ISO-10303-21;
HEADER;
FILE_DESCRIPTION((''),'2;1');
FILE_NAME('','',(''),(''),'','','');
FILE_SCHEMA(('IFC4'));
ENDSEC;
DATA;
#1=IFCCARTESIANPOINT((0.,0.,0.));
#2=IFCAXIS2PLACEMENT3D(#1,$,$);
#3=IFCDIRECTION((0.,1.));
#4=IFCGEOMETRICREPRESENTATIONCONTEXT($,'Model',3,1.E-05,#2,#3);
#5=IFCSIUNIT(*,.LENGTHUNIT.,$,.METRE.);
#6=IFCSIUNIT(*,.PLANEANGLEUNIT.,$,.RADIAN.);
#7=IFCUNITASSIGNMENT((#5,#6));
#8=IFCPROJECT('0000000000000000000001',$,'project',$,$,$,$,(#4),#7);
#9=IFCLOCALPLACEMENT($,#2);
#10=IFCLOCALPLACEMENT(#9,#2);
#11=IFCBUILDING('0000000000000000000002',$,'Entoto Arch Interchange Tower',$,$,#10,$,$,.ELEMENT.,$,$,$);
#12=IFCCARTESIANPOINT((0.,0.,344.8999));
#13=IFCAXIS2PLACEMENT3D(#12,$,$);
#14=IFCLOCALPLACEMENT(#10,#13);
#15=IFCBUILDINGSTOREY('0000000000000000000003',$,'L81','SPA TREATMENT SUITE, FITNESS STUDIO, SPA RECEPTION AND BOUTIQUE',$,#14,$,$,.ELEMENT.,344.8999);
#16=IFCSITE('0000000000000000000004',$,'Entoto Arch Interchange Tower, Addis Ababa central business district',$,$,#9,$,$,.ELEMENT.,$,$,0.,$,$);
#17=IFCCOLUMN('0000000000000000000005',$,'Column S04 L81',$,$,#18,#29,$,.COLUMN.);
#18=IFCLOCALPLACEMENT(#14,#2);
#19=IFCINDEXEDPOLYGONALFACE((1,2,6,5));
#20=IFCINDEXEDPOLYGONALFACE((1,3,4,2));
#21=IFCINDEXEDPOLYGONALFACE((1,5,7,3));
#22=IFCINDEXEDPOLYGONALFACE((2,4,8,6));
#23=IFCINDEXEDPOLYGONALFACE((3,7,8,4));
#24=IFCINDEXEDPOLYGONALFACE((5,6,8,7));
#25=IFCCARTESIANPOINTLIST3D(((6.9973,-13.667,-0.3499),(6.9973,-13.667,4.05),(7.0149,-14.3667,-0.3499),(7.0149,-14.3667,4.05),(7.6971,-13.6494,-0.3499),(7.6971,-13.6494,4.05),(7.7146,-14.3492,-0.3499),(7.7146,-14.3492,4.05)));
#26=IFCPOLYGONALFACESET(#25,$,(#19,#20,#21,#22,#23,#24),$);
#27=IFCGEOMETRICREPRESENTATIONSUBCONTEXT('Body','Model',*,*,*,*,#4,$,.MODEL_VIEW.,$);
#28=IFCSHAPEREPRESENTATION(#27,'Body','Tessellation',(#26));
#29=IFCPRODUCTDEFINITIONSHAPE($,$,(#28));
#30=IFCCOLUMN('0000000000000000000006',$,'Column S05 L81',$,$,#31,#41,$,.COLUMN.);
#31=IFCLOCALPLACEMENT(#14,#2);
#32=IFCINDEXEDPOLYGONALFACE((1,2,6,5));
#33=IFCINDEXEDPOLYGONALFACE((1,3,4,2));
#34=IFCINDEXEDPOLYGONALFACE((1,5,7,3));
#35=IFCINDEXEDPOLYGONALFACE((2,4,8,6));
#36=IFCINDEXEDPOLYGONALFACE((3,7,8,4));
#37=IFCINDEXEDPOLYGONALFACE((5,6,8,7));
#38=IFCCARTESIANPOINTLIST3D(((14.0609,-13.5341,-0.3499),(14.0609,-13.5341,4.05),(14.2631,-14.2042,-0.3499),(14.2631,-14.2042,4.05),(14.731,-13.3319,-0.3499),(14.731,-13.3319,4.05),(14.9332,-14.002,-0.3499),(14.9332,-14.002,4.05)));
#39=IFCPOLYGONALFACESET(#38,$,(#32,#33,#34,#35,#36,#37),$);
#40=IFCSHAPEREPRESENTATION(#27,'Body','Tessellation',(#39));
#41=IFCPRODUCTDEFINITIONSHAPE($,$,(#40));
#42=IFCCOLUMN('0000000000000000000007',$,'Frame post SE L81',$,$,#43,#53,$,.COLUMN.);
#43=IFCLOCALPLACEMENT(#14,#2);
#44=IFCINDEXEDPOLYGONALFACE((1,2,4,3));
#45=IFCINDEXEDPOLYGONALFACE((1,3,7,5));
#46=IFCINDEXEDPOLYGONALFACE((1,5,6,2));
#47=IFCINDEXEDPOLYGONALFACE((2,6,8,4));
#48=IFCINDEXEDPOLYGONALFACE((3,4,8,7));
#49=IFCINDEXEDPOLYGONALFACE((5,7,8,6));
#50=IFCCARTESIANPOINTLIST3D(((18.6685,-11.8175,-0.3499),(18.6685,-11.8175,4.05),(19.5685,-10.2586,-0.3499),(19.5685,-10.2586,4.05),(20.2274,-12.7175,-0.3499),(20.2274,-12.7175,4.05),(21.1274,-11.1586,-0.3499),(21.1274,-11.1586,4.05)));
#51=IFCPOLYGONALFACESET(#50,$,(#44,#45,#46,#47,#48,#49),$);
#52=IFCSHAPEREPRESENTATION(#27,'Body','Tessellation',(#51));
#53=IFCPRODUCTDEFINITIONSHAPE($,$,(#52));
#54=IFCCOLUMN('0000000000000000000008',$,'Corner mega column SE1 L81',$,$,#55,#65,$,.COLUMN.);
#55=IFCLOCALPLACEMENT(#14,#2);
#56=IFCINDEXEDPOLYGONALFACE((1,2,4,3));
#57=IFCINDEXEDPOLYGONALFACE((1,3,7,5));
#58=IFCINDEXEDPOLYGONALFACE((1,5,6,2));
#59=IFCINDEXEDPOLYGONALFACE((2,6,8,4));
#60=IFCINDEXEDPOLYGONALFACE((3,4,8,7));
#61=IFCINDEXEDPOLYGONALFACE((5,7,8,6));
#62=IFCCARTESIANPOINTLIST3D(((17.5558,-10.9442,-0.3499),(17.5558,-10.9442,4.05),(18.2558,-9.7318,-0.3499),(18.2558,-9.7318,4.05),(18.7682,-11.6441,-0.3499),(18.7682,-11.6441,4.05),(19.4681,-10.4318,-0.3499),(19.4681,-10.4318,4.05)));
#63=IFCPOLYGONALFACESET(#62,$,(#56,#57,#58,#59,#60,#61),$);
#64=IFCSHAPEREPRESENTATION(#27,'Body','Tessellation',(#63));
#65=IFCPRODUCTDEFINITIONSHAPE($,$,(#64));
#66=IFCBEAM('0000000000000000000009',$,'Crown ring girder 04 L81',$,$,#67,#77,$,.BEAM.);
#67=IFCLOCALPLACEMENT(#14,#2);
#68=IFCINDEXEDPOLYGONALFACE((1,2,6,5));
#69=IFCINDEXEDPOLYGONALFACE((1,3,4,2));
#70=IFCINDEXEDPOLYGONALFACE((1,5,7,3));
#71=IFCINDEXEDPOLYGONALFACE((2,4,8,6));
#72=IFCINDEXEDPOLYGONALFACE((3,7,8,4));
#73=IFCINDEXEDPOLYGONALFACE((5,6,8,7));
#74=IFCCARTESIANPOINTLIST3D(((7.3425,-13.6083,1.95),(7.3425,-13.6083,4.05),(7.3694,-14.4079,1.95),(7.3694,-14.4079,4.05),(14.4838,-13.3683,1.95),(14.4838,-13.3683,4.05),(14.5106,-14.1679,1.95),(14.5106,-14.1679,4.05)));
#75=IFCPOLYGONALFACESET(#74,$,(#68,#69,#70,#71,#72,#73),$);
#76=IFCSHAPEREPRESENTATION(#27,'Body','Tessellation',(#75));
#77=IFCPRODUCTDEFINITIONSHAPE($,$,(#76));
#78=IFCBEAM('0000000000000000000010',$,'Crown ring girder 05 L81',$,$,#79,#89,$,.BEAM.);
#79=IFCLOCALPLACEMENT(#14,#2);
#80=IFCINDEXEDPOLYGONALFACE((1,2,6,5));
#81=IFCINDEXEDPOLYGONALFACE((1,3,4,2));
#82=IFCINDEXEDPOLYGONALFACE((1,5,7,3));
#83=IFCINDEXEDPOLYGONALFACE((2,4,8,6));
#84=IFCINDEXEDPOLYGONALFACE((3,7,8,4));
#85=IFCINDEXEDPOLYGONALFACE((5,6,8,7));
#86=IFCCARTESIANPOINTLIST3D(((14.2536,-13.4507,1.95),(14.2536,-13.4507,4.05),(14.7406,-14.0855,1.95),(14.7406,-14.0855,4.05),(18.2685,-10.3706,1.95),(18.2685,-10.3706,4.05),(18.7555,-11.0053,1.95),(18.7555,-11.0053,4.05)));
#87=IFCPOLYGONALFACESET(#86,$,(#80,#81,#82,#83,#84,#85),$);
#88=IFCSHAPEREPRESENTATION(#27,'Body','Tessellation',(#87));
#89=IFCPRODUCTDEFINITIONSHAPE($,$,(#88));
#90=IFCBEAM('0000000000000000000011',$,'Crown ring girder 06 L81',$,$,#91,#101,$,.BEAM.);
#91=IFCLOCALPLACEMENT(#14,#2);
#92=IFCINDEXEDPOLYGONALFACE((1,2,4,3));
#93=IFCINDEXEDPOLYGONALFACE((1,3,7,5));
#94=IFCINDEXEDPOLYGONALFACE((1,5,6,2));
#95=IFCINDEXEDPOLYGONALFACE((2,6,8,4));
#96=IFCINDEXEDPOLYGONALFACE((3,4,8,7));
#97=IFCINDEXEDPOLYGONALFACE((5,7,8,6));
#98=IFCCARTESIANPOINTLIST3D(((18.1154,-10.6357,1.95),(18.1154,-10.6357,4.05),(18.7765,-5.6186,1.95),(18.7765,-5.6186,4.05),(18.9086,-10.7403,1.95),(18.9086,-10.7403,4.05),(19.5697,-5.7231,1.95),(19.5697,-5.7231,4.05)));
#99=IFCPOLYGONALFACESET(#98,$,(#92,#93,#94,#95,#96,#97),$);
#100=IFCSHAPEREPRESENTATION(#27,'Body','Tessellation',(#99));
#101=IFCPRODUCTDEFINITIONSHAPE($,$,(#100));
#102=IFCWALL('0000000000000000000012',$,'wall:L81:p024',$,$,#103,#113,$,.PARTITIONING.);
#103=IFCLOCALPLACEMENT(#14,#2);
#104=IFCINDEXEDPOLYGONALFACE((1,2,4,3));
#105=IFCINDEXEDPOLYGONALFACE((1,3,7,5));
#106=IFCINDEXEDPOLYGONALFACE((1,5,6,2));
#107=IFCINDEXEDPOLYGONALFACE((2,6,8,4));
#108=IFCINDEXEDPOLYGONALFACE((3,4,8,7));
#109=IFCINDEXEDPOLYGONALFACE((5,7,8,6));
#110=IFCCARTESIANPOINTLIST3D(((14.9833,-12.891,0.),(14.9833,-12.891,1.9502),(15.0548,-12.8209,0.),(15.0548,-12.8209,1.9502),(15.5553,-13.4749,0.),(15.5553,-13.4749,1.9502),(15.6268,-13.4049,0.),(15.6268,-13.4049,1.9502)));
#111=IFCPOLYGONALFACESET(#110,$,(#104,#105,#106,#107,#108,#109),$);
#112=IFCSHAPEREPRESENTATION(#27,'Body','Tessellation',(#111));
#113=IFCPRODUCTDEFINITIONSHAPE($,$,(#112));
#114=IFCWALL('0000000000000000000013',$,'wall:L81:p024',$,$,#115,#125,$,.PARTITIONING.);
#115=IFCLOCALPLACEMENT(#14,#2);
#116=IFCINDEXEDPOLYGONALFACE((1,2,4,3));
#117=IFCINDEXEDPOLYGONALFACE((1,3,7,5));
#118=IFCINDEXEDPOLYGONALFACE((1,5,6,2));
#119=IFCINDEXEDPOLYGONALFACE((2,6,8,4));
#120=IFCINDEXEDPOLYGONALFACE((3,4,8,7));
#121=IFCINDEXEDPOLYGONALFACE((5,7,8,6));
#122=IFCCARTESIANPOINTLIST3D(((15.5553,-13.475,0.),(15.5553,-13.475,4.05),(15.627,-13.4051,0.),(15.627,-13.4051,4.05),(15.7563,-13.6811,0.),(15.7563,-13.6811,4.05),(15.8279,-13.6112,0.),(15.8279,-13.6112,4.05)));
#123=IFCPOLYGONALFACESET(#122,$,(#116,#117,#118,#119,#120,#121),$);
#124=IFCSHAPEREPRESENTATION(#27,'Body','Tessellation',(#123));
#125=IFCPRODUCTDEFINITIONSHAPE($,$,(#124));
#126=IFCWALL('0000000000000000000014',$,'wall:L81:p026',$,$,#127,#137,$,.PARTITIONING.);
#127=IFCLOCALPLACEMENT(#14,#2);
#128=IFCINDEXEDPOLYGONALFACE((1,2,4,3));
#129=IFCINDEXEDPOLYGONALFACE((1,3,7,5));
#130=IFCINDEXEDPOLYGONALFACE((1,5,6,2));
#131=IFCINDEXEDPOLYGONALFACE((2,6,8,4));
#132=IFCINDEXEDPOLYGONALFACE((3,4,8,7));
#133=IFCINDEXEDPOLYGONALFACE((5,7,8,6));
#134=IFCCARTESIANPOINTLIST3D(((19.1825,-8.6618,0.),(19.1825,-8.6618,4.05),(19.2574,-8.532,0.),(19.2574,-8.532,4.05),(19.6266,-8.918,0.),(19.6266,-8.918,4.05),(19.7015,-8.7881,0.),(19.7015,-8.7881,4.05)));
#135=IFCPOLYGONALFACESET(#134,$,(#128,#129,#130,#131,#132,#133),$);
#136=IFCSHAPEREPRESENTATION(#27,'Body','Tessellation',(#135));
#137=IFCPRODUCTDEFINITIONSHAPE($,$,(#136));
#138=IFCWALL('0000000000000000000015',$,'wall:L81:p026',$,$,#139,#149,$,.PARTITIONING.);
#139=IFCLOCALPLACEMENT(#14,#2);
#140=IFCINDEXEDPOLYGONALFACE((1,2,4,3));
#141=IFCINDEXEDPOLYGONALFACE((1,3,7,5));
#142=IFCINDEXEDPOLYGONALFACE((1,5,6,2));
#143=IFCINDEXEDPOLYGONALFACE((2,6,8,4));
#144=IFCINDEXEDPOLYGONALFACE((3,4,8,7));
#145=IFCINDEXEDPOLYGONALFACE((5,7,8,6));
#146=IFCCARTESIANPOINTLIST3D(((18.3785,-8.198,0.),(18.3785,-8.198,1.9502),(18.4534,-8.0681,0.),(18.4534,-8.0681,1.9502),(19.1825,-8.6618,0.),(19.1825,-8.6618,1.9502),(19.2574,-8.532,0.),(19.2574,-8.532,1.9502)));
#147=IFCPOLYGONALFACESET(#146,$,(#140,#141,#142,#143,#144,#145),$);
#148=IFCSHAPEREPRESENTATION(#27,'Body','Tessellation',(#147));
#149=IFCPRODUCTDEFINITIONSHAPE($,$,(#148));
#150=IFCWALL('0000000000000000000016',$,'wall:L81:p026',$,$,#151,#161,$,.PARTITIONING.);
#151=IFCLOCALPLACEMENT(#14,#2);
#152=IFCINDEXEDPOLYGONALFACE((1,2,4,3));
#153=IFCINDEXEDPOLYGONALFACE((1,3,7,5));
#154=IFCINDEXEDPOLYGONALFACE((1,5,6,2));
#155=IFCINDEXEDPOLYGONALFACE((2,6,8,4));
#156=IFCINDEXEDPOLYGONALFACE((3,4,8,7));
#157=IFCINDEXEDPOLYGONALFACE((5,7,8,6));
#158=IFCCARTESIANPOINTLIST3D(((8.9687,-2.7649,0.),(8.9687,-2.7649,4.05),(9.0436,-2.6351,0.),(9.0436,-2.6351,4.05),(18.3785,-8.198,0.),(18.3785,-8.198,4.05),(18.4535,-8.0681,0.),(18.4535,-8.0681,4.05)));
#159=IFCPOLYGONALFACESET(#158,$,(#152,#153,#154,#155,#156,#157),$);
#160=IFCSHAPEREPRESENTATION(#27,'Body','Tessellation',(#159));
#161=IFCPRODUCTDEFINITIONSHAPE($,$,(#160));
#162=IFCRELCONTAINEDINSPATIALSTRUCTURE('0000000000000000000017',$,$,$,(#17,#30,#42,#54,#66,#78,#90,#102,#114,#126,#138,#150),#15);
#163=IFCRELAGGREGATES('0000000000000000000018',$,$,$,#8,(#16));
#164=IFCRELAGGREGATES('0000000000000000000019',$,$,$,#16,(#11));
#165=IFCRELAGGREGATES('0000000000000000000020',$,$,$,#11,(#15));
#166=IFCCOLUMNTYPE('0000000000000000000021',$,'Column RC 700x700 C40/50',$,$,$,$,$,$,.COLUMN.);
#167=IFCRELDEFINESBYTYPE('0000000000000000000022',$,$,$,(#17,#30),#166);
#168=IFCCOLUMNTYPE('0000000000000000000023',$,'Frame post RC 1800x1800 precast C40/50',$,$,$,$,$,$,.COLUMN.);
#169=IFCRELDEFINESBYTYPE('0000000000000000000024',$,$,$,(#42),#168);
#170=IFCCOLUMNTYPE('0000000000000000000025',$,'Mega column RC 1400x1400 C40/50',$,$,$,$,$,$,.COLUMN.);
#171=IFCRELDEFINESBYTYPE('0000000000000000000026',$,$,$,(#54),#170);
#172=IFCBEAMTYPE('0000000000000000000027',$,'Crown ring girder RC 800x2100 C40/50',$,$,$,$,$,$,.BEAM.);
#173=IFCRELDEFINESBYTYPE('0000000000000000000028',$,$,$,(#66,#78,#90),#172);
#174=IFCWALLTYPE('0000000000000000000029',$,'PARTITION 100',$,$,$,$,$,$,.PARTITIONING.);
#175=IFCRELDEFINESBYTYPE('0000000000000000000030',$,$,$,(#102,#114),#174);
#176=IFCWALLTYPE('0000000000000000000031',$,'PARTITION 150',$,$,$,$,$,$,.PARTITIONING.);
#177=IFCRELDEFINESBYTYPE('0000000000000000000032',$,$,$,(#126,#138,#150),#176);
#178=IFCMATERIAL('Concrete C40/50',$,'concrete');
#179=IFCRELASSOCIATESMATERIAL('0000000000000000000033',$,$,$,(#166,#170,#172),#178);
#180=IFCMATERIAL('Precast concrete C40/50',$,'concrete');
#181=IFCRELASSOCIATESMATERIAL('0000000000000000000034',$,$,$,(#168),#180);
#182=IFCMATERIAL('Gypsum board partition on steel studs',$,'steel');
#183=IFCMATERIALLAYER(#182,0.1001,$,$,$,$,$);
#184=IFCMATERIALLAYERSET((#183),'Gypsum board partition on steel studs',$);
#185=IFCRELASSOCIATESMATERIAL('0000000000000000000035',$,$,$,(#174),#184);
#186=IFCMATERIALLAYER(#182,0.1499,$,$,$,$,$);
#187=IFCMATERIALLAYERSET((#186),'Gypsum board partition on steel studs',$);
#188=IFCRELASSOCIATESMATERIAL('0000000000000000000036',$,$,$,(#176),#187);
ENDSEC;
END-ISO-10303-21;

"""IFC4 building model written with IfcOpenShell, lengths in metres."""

from ifc_helpers import new_model, si_unit, direction, frame, frame_2d, origin, origin_2d, place, context, subcontext, project, spatial, rectangle, extrude, material, layer, layer_set, material_profile, profile_set, type_object, element, save


model = new_model("IFC4")

# Units and contexts
model_context = context("Model", 3, precision=1e-05, world=origin(), true_north=direction((0.0, 1.0)))
body_context = subcontext(model_context, "Body", "Model", "MODEL_VIEW")
ifc_project = project(units=[si_unit("LENGTHUNIT", "METRE"), si_unit("PLANEANGLEUNIT", "RADIAN")], contexts=[model_context])

# Site, building, storey
site_placement = place(None, origin())
site = spatial("IfcSite", under=ifc_project, at=site_placement, Name="Entoto Arch Interchange Tower, Addis Ababa central business district", CompositionType="ELEMENT", RefElevation=0.0)
building_placement = place(site_placement, origin())
building = spatial("IfcBuilding", under=site, at=building_placement, Name="Entoto Arch Interchange Tower", CompositionType="ELEMENT")
storey_placement = place(building_placement, frame((0.0, 0.0, 344.8999)))
storey = spatial("IfcBuildingStorey", under=building, at=storey_placement, Name="L81", Description="SPA TREATMENT SUITE, FITNESS STUDIO, SPA RECEPTION AND BOUTIQUE", CompositionType="ELEMENT", Elevation=344.8999)

# Columns
ifc_material_1 = material(Name="Concrete C40/50", Category="concrete")
ifc_material_profile_1 = material_profile(ifc_material_1, rectangle(XDim=0.7, YDim=0.7, at=origin_2d()))
ifc_profile_set_1 = profile_set([ifc_material_profile_1], Name="Concrete C40/50")
column_type_1 = type_object("IfcColumnType", Name="Column RC 700x700 C40/50", PredefinedType="COLUMN", material=ifc_profile_set_1)
for number, where, z_axis, x_axis, name in (
    (1, (7.356, -14.0081, -0.3499), (0.0, 0.0, 1.0), (0.999686, 0.02506, 0.0), "Column S04 L81"),
    (2, (14.4971, -13.7681, -0.3499), (0.0, 0.0, 1.0), (0.957345, 0.288948, 0.0), "Column S05 L81"),
):
    element("IfcColumn", number, at=place(storey_placement, frame(where, z_axis=z_axis, x_axis=x_axis)), inside=storey, type_object=column_type_1, Name=name, PredefinedType="COLUMN", context=body_context, shape_type="SweptSolid", body=[
        extrude(rectangle(XDim=0.7, YDim=0.7, at=origin_2d()), origin(), (0.0, 0.0, 1.0), 4.3999),
    ])
ifc_material_2 = material(Name="Precast concrete C40/50", Category="concrete")
ifc_material_profile_2 = material_profile(ifc_material_2, rectangle(XDim=1.8, YDim=1.8, at=origin_2d()))
ifc_profile_set_2 = profile_set([ifc_material_profile_2], Name="Precast concrete C40/50")
column_type_2 = type_object("IfcColumnType", Name="Frame post RC 1800x1800 precast C40/50", PredefinedType="COLUMN", material=ifc_profile_set_2)
column_1_placement = place(storey_placement, frame((19.8979, -11.488, -0.3499), z_axis=(0.0, 0.0, 1.0), x_axis=(-0.866025, 0.5, 0.0)))
element("IfcColumn", 3, at=column_1_placement, inside=storey, type_object=column_type_2, Name="Frame post SE L81", PredefinedType="COLUMN", context=body_context, shape_type="SweptSolid", body=[
    extrude(rectangle(XDim=1.8, YDim=1.8, at=origin_2d()), origin(), (0.0, 0.0, 1.0), 4.3999),
])
ifc_material_profile_3 = material_profile(ifc_material_1, rectangle(XDim=1.3999, YDim=1.3999, at=origin_2d()))
ifc_profile_set_3 = profile_set([ifc_material_profile_3], Name="Concrete C40/50")
column_type_3 = type_object("IfcColumnType", Name="Mega column RC 1400x1400 C40/50", PredefinedType="COLUMN", material=ifc_profile_set_3)
column_2_placement = place(storey_placement, frame((18.512, -10.688, -0.3499), z_axis=(0.0, 0.0, 1.0), x_axis=(-0.866025, 0.5, 0.0)))
element("IfcColumn", 4, at=column_2_placement, inside=storey, type_object=column_type_3, Name="Corner mega column SE1 L81", PredefinedType="COLUMN", context=body_context, shape_type="SweptSolid", body=[
    extrude(rectangle(XDim=1.3999, YDim=1.3999, at=origin_2d()), origin(), (0.0, 0.0, 1.0), 4.3999),
])

# Beams
ifc_material_profile_4 = material_profile(ifc_material_1, rectangle(XDim=0.8, YDim=2.1001, at=origin_2d()))
ifc_profile_set_4 = profile_set([ifc_material_profile_4], Name="Concrete C40/50")
beam_type = type_object("IfcBeamType", Name="Crown ring girder RC 800x2100 C40/50", PredefinedType="BEAM", material=ifc_profile_set_4)
beam_1_placement = place(storey_placement, frame((7.356, -14.0081, 3.0), z_axis=(0.999436, 0.033588, 0.0), x_axis=(-0.033588, 0.999436, 0.0)))
element("IfcBeam", 5, at=beam_1_placement, inside=storey, type_object=beam_type, Name="Crown ring girder 04 L81", PredefinedType="BEAM", context=body_context, shape_type="SweptSolid", body=[
    extrude(rectangle(XDim=0.8, YDim=2.1001, at=origin_2d()), origin(), (0.0, 0.0, 1.0), 7.1453),
])
beam_2_placement = place(storey_placement, frame((14.4971, -13.7681, 3.0), z_axis=(0.793416, 0.60868, 0.0), x_axis=(-0.60868, 0.793416, 0.0)))
element("IfcBeam", 6, at=beam_2_placement, inside=storey, type_object=beam_type, Name="Crown ring girder 05 L81", PredefinedType="BEAM", context=body_context, shape_type="SweptSolid", body=[
    extrude(rectangle(XDim=0.8, YDim=2.1001, at=origin_2d()), origin(), (0.0, 0.0, 1.0), 5.0603),
])
beam_3_placement = place(storey_placement, frame((18.512, -10.688, 3.0), z_axis=(0.130647, 0.991429, 0.0), x_axis=(-0.991429, 0.130647, 0.0)))
element("IfcBeam", 7, at=beam_3_placement, inside=storey, type_object=beam_type, Name="Crown ring girder 06 L81", PredefinedType="BEAM", context=body_context, shape_type="SweptSolid", body=[
    extrude(rectangle(XDim=0.8, YDim=2.1001, at=origin_2d()), origin(), (0.0, 0.0, 1.0), 5.0605),
])

# Walls
ifc_material_3 = material(Name="Gypsum board partition on steel studs", Category="steel")
ifc_layer_1 = layer(ifc_material_3, 0.1001)
ifc_layer_set_1 = layer_set([ifc_layer_1], Name="Gypsum board partition on steel studs")
wall_type_1 = type_object("IfcWallType", Name="PARTITION 100", PredefinedType="PARTITIONING", material=ifc_layer_set_1)
wall_1_placement = place(storey_placement, frame((15.019, -12.856, 0.0), z_axis=(0.0, 0.0, 1.0), x_axis=(0.699752, -0.714386, 0.0)))
element("IfcWall", 8, at=wall_1_placement, inside=storey, type_object=wall_type_1, Name="wall:L81:p024", PredefinedType="PARTITIONING", context=body_context, shape_type="SweptSolid", body=[
    extrude(rectangle(XDim=0.8174, YDim=0.1001, at=frame_2d((0.4087, 0.0))), origin(), (0.0, 0.0, 1.0), 1.9502),
])
wall_2_placement = place(storey_placement, frame((15.5911, -13.4399, 0.0), z_axis=(0.0, 0.0, 1.0), x_axis=(0.698144, -0.715958, 0.0)))
element("IfcWall", 9, at=wall_2_placement, inside=storey, type_object=wall_type_1, Name="wall:L81:p024", PredefinedType="PARTITIONING", context=body_context, shape_type="SweptSolid", body=[
    extrude(rectangle(XDim=0.2878, YDim=0.1001, at=frame_2d((0.144, 0.0))), origin(), (0.0, 0.0, 1.0), 4.05),
])
ifc_layer_2 = layer(ifc_material_3, 0.1499)
ifc_layer_set_2 = layer_set([ifc_layer_2], Name="Gypsum board partition on steel studs")
wall_type_2 = type_object("IfcWallType", Name="PARTITION 150", PredefinedType="PARTITIONING", material=ifc_layer_set_2)
wall_3_placement = place(storey_placement, frame((19.6641, -8.853, 0.0), z_axis=(0.0, 0.0, 1.0), x_axis=(-0.866273, 0.499571, 0.0)))
element("IfcWall", 10, at=wall_3_placement, inside=storey, type_object=wall_type_2, Name="wall:L81:p026", PredefinedType="PARTITIONING", context=body_context, shape_type="SweptSolid", body=[
    extrude(rectangle(XDim=0.5127, YDim=0.1499, at=frame_2d((0.2563, 0.0))), origin(), (0.0, 0.0, 1.0), 4.05),
])
wall_4_placement = place(storey_placement, frame((19.22, -8.5969, 0.0), z_axis=(0.0, 0.0, 1.0), x_axis=(-0.866164, 0.49976, 0.0)))
element("IfcWall", 11, at=wall_4_placement, inside=storey, type_object=wall_type_2, Name="wall:L81:p026", PredefinedType="PARTITIONING", context=body_context, shape_type="SweptSolid", body=[
    extrude(rectangle(XDim=0.9282, YDim=0.1499, at=frame_2d((0.4641, 0.0))), origin(), (0.0, 0.0, 1.0), 1.9502),
])
wall_5_placement = place(storey_placement, frame((18.416, -8.1331, 0.0), z_axis=(0.0, 0.0, 1.0), x_axis=(-0.866014, 0.50002, 0.0)))
element("IfcWall", 12, at=wall_5_placement, inside=storey, type_object=wall_type_2, Name="wall:L81:p026", PredefinedType="PARTITIONING", context=body_context, shape_type="SweptSolid", body=[
    extrude(rectangle(XDim=10.8657, YDim=0.1499, at=frame_2d((5.4329, 0.0))), origin(), (0.0, 0.0, 1.0), 4.05),
])

save(model, "model.ifc")
